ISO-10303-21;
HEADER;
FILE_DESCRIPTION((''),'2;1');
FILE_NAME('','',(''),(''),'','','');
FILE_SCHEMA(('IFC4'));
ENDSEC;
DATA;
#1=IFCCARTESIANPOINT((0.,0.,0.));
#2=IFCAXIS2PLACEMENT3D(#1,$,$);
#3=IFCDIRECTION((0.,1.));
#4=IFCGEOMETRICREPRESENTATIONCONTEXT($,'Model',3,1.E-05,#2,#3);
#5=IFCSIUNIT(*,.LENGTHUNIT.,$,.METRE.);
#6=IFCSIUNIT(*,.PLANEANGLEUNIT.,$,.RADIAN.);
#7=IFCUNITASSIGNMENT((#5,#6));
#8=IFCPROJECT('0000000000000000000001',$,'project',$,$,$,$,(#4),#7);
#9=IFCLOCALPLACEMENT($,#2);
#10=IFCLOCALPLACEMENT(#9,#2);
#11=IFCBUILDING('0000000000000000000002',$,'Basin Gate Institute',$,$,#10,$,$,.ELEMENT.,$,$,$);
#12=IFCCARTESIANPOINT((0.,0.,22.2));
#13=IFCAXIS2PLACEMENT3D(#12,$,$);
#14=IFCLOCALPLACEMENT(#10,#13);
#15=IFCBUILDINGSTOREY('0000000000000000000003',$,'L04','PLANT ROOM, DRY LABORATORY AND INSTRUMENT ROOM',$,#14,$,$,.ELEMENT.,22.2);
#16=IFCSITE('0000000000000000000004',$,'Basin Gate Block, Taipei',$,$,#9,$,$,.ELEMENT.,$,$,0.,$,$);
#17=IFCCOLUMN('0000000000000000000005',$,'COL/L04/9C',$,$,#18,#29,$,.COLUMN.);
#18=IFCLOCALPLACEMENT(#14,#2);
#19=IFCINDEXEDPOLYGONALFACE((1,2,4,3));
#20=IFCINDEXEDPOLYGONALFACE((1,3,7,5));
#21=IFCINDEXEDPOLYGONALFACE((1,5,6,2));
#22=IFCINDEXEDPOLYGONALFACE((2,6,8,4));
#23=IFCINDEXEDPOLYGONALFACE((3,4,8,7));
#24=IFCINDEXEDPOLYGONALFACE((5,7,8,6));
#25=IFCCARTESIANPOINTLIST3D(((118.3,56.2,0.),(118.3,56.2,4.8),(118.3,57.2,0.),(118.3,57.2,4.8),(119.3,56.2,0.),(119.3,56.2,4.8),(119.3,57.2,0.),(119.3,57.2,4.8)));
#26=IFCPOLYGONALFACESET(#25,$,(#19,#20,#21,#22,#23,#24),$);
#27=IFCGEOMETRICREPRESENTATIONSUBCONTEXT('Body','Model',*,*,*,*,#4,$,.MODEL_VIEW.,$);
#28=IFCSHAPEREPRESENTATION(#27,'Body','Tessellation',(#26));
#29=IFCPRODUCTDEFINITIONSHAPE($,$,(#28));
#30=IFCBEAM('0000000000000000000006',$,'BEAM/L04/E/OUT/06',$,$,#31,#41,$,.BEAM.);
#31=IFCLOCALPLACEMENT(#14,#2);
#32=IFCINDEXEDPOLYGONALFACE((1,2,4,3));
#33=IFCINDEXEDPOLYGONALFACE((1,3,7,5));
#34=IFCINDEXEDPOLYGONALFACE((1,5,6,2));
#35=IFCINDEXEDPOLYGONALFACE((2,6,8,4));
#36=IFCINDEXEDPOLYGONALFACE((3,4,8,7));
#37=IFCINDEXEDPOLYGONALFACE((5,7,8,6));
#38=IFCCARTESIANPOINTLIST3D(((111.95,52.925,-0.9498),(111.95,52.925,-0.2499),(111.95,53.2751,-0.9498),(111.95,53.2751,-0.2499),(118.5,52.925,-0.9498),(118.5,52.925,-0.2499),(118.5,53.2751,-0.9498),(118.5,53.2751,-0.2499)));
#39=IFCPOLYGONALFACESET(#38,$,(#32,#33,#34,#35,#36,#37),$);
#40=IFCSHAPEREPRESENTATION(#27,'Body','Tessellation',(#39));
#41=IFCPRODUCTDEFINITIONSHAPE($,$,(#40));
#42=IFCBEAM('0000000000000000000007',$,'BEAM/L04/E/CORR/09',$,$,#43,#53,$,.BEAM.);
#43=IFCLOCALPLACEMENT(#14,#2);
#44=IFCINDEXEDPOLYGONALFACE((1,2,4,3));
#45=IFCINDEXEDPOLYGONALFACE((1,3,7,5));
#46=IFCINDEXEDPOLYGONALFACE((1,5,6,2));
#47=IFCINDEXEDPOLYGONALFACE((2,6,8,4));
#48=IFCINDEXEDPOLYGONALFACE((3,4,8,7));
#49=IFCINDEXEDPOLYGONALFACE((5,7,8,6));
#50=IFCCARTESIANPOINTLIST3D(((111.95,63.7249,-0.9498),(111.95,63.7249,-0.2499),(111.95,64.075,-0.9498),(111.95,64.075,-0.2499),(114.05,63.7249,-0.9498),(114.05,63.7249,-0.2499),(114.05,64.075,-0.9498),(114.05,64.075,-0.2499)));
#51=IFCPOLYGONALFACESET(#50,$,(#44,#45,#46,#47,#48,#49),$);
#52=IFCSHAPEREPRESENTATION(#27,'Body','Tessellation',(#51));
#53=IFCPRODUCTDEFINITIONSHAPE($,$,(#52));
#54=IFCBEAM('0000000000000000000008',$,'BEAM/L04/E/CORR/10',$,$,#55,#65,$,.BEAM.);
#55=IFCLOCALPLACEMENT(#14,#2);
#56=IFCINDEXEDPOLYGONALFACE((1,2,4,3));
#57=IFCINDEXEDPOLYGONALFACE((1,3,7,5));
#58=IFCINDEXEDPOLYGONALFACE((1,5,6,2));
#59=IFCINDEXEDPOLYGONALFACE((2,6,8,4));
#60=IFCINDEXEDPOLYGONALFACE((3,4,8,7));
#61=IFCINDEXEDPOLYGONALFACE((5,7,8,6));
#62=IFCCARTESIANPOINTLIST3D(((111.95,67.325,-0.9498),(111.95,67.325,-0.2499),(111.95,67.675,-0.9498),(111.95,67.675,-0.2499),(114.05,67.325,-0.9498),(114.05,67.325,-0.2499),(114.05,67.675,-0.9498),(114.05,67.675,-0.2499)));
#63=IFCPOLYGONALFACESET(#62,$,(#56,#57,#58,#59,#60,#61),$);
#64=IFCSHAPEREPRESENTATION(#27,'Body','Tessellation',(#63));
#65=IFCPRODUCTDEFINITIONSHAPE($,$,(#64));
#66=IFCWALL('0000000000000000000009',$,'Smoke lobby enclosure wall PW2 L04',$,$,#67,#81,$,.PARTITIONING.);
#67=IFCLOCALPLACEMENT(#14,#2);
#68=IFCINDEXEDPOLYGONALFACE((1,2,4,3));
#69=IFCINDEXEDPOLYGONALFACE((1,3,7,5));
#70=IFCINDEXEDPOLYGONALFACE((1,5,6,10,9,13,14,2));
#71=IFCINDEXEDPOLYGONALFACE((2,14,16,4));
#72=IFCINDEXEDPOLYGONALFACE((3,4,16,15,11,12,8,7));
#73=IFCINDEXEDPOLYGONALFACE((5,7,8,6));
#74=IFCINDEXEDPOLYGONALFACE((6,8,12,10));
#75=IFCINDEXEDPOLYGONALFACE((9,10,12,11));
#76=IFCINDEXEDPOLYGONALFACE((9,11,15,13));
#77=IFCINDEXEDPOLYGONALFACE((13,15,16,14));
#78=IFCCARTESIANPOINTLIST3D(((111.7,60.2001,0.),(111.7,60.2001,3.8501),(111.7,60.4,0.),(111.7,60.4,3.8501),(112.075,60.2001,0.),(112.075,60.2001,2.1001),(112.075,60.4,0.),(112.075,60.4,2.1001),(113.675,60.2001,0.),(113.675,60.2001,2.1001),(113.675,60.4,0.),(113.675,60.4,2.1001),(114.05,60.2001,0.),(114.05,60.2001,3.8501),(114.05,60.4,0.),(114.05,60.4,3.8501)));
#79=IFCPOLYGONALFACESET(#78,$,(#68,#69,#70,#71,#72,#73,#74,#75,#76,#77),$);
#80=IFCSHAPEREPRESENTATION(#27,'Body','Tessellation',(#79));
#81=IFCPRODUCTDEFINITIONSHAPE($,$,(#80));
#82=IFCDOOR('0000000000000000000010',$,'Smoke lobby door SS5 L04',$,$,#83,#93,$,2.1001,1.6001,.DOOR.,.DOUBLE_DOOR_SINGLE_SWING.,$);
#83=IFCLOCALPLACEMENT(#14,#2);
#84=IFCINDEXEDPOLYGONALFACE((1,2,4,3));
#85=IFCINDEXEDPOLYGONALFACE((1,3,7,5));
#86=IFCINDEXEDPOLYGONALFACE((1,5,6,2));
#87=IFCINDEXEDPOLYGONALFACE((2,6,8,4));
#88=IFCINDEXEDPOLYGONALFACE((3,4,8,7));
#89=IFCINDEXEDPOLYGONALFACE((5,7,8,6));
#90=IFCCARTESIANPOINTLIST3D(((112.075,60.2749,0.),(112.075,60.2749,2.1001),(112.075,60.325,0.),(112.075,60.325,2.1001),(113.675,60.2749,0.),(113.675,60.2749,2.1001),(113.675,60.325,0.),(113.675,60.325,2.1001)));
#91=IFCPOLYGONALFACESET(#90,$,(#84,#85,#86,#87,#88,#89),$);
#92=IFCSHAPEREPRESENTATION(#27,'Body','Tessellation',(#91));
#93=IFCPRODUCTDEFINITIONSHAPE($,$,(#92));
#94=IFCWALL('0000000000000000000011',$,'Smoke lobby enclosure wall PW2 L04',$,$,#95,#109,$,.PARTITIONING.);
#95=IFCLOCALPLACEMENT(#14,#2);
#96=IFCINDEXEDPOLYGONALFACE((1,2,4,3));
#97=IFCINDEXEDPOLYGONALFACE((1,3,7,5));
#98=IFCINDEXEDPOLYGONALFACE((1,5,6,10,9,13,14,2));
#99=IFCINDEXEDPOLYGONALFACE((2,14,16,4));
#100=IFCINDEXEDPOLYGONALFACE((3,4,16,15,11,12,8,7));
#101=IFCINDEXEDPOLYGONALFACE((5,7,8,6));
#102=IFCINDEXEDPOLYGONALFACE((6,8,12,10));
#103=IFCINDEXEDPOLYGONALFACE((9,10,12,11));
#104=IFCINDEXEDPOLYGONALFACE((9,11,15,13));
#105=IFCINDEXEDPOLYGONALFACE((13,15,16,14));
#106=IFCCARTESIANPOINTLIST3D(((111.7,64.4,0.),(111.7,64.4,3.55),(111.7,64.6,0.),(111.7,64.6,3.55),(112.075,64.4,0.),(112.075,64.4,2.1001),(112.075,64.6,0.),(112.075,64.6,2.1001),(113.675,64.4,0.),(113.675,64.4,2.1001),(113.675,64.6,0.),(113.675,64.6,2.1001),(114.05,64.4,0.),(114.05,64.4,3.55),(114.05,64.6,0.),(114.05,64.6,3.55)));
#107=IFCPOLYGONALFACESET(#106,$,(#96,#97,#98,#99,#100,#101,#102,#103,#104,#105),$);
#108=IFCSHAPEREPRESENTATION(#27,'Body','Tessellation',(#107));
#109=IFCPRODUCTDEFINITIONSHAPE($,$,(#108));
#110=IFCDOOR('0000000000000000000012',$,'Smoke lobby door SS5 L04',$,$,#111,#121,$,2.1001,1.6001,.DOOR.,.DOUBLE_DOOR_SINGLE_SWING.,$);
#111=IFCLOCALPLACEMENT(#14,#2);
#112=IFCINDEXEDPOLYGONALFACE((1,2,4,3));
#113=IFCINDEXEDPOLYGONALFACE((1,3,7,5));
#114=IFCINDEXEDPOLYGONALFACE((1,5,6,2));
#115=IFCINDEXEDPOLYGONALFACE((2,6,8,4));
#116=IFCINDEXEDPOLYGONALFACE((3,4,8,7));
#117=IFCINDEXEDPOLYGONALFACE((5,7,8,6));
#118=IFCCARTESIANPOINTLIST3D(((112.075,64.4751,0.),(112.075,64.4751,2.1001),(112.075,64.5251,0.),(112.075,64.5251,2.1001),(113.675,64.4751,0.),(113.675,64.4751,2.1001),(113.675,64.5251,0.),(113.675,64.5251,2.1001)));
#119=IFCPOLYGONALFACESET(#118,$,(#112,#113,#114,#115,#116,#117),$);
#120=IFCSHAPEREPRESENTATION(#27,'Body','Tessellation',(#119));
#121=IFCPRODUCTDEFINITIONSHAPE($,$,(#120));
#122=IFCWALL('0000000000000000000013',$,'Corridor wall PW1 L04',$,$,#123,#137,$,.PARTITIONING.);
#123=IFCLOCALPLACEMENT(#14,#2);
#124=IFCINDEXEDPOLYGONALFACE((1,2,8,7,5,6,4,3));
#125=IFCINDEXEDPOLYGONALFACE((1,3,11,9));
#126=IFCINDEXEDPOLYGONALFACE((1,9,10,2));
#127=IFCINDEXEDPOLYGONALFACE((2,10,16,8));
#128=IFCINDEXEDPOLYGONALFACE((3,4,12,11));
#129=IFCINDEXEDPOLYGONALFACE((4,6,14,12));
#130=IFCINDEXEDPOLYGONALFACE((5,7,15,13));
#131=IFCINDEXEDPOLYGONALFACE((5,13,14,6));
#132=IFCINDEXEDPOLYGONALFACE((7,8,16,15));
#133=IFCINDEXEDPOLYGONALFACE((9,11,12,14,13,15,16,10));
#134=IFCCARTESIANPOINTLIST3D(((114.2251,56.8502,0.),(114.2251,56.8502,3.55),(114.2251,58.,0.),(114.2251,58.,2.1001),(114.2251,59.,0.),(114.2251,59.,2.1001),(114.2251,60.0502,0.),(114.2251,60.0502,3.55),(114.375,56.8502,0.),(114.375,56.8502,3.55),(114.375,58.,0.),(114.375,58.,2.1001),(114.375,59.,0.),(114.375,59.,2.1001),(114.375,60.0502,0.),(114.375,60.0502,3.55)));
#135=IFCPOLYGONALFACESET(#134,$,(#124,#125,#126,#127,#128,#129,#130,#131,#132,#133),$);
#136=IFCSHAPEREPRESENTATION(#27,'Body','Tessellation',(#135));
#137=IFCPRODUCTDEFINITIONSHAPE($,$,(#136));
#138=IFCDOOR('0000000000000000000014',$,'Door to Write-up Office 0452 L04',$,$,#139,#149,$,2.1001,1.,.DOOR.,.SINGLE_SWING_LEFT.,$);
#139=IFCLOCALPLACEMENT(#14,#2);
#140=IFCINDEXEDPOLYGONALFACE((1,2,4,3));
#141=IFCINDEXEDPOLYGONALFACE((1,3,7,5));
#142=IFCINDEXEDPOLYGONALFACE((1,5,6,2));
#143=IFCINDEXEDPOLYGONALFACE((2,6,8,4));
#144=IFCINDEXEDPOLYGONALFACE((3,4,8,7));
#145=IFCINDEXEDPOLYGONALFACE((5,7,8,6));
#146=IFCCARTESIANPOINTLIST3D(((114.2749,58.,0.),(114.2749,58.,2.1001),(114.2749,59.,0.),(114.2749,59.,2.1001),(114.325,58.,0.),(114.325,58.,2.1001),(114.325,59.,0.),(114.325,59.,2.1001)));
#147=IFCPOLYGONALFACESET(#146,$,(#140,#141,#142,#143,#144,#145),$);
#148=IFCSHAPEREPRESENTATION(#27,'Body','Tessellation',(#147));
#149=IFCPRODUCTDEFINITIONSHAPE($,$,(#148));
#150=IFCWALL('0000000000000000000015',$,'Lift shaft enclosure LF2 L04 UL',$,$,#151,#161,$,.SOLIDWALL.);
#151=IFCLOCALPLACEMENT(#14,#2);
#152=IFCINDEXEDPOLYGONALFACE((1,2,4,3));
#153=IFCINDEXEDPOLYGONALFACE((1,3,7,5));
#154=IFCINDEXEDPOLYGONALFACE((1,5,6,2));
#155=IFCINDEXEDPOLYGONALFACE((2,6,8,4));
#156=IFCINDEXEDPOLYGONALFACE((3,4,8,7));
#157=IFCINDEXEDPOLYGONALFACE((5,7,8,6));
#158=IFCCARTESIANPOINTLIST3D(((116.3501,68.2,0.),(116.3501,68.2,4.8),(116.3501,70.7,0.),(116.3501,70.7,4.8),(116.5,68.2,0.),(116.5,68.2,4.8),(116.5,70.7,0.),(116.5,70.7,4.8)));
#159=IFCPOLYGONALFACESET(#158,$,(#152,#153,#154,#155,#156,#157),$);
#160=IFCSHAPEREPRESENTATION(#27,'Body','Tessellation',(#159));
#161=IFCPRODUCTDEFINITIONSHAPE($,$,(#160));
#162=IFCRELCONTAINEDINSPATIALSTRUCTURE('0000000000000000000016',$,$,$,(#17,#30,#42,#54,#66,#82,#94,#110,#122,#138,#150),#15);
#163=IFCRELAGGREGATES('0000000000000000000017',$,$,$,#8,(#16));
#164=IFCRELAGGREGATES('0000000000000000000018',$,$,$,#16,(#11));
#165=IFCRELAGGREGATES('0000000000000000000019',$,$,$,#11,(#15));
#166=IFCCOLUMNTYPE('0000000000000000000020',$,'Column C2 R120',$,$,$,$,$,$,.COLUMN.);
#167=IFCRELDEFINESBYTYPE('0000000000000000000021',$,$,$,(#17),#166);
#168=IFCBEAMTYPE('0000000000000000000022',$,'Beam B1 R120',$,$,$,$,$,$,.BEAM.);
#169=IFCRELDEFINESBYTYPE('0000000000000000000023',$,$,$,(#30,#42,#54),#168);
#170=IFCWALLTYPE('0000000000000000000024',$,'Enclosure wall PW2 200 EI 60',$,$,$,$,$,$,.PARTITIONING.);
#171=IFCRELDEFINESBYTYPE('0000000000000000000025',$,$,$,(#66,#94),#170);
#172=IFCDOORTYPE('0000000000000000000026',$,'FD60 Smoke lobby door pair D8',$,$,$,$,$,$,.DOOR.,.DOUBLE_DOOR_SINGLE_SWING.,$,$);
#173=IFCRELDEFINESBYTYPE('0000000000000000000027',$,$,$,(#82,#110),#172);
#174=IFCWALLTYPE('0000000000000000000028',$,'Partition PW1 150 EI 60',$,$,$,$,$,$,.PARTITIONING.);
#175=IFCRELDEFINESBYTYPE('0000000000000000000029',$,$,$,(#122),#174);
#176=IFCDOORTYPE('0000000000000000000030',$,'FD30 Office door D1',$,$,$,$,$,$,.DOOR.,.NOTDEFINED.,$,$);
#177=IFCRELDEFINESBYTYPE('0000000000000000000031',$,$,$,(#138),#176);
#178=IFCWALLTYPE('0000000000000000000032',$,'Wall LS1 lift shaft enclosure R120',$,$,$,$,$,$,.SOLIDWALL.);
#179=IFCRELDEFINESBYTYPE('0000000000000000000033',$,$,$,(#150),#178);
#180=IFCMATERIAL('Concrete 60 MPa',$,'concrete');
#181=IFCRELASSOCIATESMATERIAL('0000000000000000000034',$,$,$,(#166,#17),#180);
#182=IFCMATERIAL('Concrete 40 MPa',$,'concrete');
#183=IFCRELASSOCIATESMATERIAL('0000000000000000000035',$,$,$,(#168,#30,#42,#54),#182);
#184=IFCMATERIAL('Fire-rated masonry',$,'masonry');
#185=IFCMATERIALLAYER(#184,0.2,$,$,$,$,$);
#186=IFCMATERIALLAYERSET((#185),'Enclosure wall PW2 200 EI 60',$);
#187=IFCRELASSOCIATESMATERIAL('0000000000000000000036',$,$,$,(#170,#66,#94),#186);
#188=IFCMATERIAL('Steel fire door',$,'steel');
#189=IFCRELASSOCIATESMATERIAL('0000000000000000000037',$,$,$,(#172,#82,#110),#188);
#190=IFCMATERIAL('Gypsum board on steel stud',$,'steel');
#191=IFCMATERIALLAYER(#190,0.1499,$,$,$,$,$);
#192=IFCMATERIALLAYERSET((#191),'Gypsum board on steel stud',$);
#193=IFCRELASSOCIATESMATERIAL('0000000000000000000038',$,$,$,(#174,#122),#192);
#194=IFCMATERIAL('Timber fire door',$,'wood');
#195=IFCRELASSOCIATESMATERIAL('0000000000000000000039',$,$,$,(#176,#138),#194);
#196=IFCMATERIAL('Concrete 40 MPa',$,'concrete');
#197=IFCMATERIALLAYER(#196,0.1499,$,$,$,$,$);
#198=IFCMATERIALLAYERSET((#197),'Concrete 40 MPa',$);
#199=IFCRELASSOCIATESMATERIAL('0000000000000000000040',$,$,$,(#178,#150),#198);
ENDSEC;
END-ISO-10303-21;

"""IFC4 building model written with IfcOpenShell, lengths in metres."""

from ifc_helpers import new_model, si_unit, direction, frame, frame_2d, origin, origin_2d, place, context, subcontext, project, spatial, rectangle, extrude, material, layer, layer_set, material_profile, profile_set, type_object, element, fill, save


model = new_model("IFC4")

# Units and contexts
model_context = context("Model", 3, precision=1e-05, world=origin(), true_north=direction((0.0, 1.0)))
body_context = subcontext(model_context, "Body", "Model", "MODEL_VIEW")
ifc_project = project(units=[si_unit("LENGTHUNIT", "METRE"), si_unit("PLANEANGLEUNIT", "RADIAN")], contexts=[model_context])

# Site, building, storey
site_placement = place(None, origin())
site = spatial("IfcSite", under=ifc_project, at=site_placement, Name="Basin Gate Block, Taipei", CompositionType="ELEMENT", RefElevation=0.0)
building_placement = place(site_placement, origin())
building = spatial("IfcBuilding", under=site, at=building_placement, Name="Basin Gate Institute", CompositionType="ELEMENT")
storey_placement = place(building_placement, frame((0.0, 0.0, 22.2)))
storey = spatial("IfcBuildingStorey", under=building, at=storey_placement, Name="L04", Description="PLANT ROOM, DRY LABORATORY AND INSTRUMENT ROOM", CompositionType="ELEMENT", Elevation=22.2)

# Column
ifc_material_1 = material(Name="Concrete 60 MPa", Category="concrete")
ifc_material_profile_1 = material_profile(ifc_material_1, rectangle(XDim=1.0, YDim=1.0, at=origin_2d()), Name="Column C2 1000 x 1000")
ifc_profile_set_1 = profile_set([ifc_material_profile_1], Name="Concrete 60 MPa")
column_type = type_object("IfcColumnType", Name="Column C2 R120", PredefinedType="COLUMN", material=ifc_profile_set_1)
column_placement = place(storey_placement, frame((118.8, 56.7, 0.0), z_axis=(0.0, 0.0, 1.0), x_axis=(1.0, 0.0, 0.0)))
element("IfcColumn", 1, at=column_placement, inside=storey, type_object=column_type, material=ifc_profile_set_1, Name="COL/L04/9C", PredefinedType="COLUMN", context=body_context, shape_type="SweptSolid", body=[
    extrude(rectangle(XDim=1.0, YDim=1.0, at=origin_2d()), origin(), (0.0, 0.0, 1.0), 4.8),
])

# Beams
ifc_material_2 = material(Name="Concrete 40 MPa", Category="concrete")
ifc_material_profile_2 = material_profile(ifc_material_2, rectangle(XDim=0.3501, YDim=0.7, at=origin_2d()), Name="Beam B1 350 x 700")
ifc_profile_set_2 = profile_set([ifc_material_profile_2], Name="Concrete 40 MPa")
beam_type = type_object("IfcBeamType", Name="Beam B1 R120", PredefinedType="BEAM", material=ifc_profile_set_2)
beam_placement = place(storey_placement, frame((118.5, 53.1001, -0.5999), z_axis=(-1.0, 0.0, 0.0), x_axis=(0.0, -1.0, 0.0)))
element("IfcBeam", 2, at=beam_placement, inside=storey, type_object=beam_type, material=ifc_profile_set_2, Name="BEAM/L04/E/OUT/06", PredefinedType="BEAM", context=body_context, shape_type="SweptSolid", body=[
    extrude(rectangle(XDim=0.3501, YDim=0.7, at=origin_2d()), origin(), (0.0, 0.0, 1.0), 6.55),
])
for number, where, z_axis, x_axis, name in (
    (3, (114.05, 63.8999, -0.5999), (-1.0, 0.0, 0.0), (0.0, -1.0, 0.0), "BEAM/L04/E/CORR/09"),
    (4, (114.05, 67.5, -0.5999), (-1.0, 0.0, 0.0), (0.0, -1.0, 0.0), "BEAM/L04/E/CORR/10"),
):
    element("IfcBeam", number, at=place(storey_placement, frame(where, z_axis=z_axis, x_axis=x_axis)), inside=storey, type_object=beam_type, material=ifc_profile_set_2, Name=name, PredefinedType="BEAM", context=body_context, shape_type="SweptSolid", body=[
        extrude(rectangle(XDim=0.3501, YDim=0.7, at=origin_2d()), origin(), (0.0, 0.0, 1.0), 2.1001),
    ])

# Walls, openings, doors
ifc_material_3 = material(Name="Fire-rated masonry", Category="masonry")
ifc_layer_1 = layer(ifc_material_3, 0.2)
ifc_layer_set_1 = layer_set([ifc_layer_1], Name="Enclosure wall PW2 200 EI 60")
wall_type_1 = type_object("IfcWallType", Name="Enclosure wall PW2 200 EI 60", PredefinedType="PARTITIONING", material=ifc_layer_set_1)
wall_1_placement = place(storey_placement, frame((114.05, 60.3, 0.0), z_axis=(0.0, 0.0, 1.0), x_axis=(-1.0, 0.0, 0.0)))
wall_1 = element("IfcWall", 5, at=wall_1_placement, inside=storey, type_object=wall_type_1, material=ifc_layer_set_1, Name="Smoke lobby enclosure wall PW2 L04", PredefinedType="PARTITIONING", context=body_context, shape_type="SweptSolid", body=[
    extrude(rectangle(XDim=2.3501, YDim=0.2, at=frame_2d((1.175, 0.0))), origin(), (0.0, 0.0, 1.0), 3.8501),
])
opening_1_placement = place(wall_1_placement, frame((0.375, 0.0, 0.0)))
opening_1 = element("IfcOpeningElement", 6, at=opening_1_placement, cuts=wall_1, PredefinedType="OPENING", context=body_context, shape_type="SweptSolid", body=[
    extrude(rectangle(XDim=1.6001, YDim=2.1001, at=frame_2d((0.8, 1.05))), frame((0.0, 0.1099, 0.0), z_axis=(0.0, -1.0, 0.0), x_axis=(1.0, 0.0, 0.0)), (0.0, 0.0, 1.0), 0.22),
])
ifc_material_4 = material(Name="Steel fire door", Category="steel")
door_type_1 = type_object("IfcDoorType", Name="FD60 Smoke lobby door pair D8", OperationType="DOUBLE_DOOR_SINGLE_SWING", PredefinedType="DOOR", material=ifc_material_4)
door_1_placement = place(opening_1_placement, frame((1.6001, 0.0, 0.0), z_axis=(0.0, 0.0, 1.0), x_axis=(-1.0, 0.0, 0.0)))
door_1 = element("IfcDoor", 7, at=door_1_placement, inside=storey, type_object=door_type_1, material=ifc_material_4, Name="Smoke lobby door SS5 L04", OperationType="DOUBLE_DOOR_SINGLE_SWING", OverallHeight=2.1001, OverallWidth=1.6001, PredefinedType="DOOR", context=body_context, shape_type="SweptSolid", body=[
    extrude(rectangle(XDim=1.6001, YDim=2.1001, at=frame_2d((0.8, 1.05))), frame((0.0, 0.0249, 0.0), z_axis=(0.0, -1.0, 0.0), x_axis=(1.0, 0.0, 0.0)), (0.0, 0.0, 1.0), 0.05),
])
fill(opening_1, door_1)
wall_2_placement = place(storey_placement, frame((114.05, 64.5, 0.0), z_axis=(0.0, 0.0, 1.0), x_axis=(-1.0, 0.0, 0.0)))
wall_2 = element("IfcWall", 8, at=wall_2_placement, inside=storey, type_object=wall_type_1, material=ifc_layer_set_1, Name="Smoke lobby enclosure wall PW2 L04", PredefinedType="PARTITIONING", context=body_context, shape_type="SweptSolid", body=[
    extrude(rectangle(XDim=2.3501, YDim=0.2, at=frame_2d((1.175, 0.0))), origin(), (0.0, 0.0, 1.0), 3.55),
])
opening_2_placement = place(wall_2_placement, frame((0.375, 0.0, 0.0)))
opening_2 = element("IfcOpeningElement", 9, at=opening_2_placement, cuts=wall_2, PredefinedType="OPENING", context=body_context, shape_type="SweptSolid", body=[
    extrude(rectangle(XDim=1.6001, YDim=2.1001, at=frame_2d((0.8, 1.05))), frame((0.0, 0.1099, 0.0), z_axis=(0.0, -1.0, 0.0), x_axis=(1.0, 0.0, 0.0)), (0.0, 0.0, 1.0), 0.22),
])
door_2_placement = place(opening_2_placement, origin())
door_2 = element("IfcDoor", 10, at=door_2_placement, inside=storey, type_object=door_type_1, material=ifc_material_4, Name="Smoke lobby door SS5 L04", OperationType="DOUBLE_DOOR_SINGLE_SWING", OverallHeight=2.1001, OverallWidth=1.6001, PredefinedType="DOOR", context=body_context, shape_type="SweptSolid", body=[
    extrude(rectangle(XDim=1.6001, YDim=2.1001, at=frame_2d((0.8, 1.05))), frame((0.0, 0.0249, 0.0), z_axis=(0.0, -1.0, 0.0), x_axis=(1.0, 0.0, 0.0)), (0.0, 0.0, 1.0), 0.05),
])
fill(opening_2, door_2)
ifc_material_5 = material(Name="Gypsum board on steel stud", Category="steel")
ifc_layer_2 = layer(ifc_material_5, 0.1499)
ifc_layer_set_2 = layer_set([ifc_layer_2], Name="Gypsum board on steel stud")
wall_type_2 = type_object("IfcWallType", Name="Partition PW1 150 EI 60", PredefinedType="PARTITIONING", material=ifc_layer_set_2)
wall_3_placement = place(storey_placement, frame((114.3, 56.8501, 0.0), z_axis=(0.0, 0.0, 1.0), x_axis=(0.0, 1.0, 0.0)))
wall_3 = element("IfcWall", 11, at=wall_3_placement, inside=storey, type_object=wall_type_2, material=ifc_layer_set_2, Name="Corridor wall PW1 L04", PredefinedType="PARTITIONING", context=body_context, shape_type="SweptSolid", body=[
    extrude(rectangle(XDim=3.2, YDim=0.1499, at=frame_2d((1.6001, 0.0))), origin(), (0.0, 0.0, 1.0), 3.55),
])
opening_3_placement = place(wall_3_placement, frame((1.1499, 0.0, 0.0)))
opening_3 = element("IfcOpeningElement", 12, at=opening_3_placement, cuts=wall_3, PredefinedType="OPENING", context=body_context, shape_type="SweptSolid", body=[
    extrude(rectangle(XDim=1.0, YDim=2.1001, at=frame_2d((0.5, 1.05))), frame((0.0, 0.085, 0.0), z_axis=(0.0, -1.0, 0.0), x_axis=(1.0, 0.0, 0.0)), (0.0, 0.0, 1.0), 0.1699),
])
ifc_material_6 = material(Name="Timber fire door", Category="wood")
door_type_2 = type_object("IfcDoorType", Name="FD30 Office door D1", OperationType="NOTDEFINED", PredefinedType="DOOR", material=ifc_material_6)
door_3_placement = place(opening_3_placement, frame((1.0, 0.0, 0.0), z_axis=(0.0, 0.0, 1.0), x_axis=(-1.0, 0.0, 0.0)))
door_3 = element("IfcDoor", 13, at=door_3_placement, inside=storey, type_object=door_type_2, material=ifc_material_6, Name="Door to Write-up Office 0452 L04", OperationType="SINGLE_SWING_LEFT", OverallHeight=2.1001, OverallWidth=1.0, PredefinedType="DOOR", context=body_context, shape_type="SweptSolid", body=[
    extrude(rectangle(XDim=1.0, YDim=2.1001, at=frame_2d((0.5, 1.05))), frame((0.0, 0.0249, 0.0), z_axis=(0.0, -1.0, 0.0), x_axis=(1.0, 0.0, 0.0)), (0.0, 0.0, 1.0), 0.05),
])
fill(opening_3, door_3)

# Wall
ifc_material_7 = material(Name="Concrete 40 MPa", Category="concrete")
ifc_layer_3 = layer(ifc_material_7, 0.1499)
ifc_layer_set_3 = layer_set([ifc_layer_3], Name="Concrete 40 MPa")
wall_type_3 = type_object("IfcWallType", Name="Wall LS1 lift shaft enclosure R120", PredefinedType="SOLIDWALL", material=ifc_layer_set_3)
wall_4_placement = place(storey_placement, frame((116.425, 68.2, 0.0), z_axis=(0.0, 0.0, 1.0), x_axis=(0.0, 1.0, 0.0)))
element("IfcWall", 14, at=wall_4_placement, inside=storey, type_object=wall_type_3, material=ifc_layer_set_3, Name="Lift shaft enclosure LF2 L04 UL", PredefinedType="SOLIDWALL", context=body_context, shape_type="SweptSolid", body=[
    extrude(rectangle(XDim=2.5, YDim=0.1499, at=frame_2d((1.25, 0.0))), origin(), (0.0, 0.0, 1.0), 4.8),
])

save(model, "model.ifc")
